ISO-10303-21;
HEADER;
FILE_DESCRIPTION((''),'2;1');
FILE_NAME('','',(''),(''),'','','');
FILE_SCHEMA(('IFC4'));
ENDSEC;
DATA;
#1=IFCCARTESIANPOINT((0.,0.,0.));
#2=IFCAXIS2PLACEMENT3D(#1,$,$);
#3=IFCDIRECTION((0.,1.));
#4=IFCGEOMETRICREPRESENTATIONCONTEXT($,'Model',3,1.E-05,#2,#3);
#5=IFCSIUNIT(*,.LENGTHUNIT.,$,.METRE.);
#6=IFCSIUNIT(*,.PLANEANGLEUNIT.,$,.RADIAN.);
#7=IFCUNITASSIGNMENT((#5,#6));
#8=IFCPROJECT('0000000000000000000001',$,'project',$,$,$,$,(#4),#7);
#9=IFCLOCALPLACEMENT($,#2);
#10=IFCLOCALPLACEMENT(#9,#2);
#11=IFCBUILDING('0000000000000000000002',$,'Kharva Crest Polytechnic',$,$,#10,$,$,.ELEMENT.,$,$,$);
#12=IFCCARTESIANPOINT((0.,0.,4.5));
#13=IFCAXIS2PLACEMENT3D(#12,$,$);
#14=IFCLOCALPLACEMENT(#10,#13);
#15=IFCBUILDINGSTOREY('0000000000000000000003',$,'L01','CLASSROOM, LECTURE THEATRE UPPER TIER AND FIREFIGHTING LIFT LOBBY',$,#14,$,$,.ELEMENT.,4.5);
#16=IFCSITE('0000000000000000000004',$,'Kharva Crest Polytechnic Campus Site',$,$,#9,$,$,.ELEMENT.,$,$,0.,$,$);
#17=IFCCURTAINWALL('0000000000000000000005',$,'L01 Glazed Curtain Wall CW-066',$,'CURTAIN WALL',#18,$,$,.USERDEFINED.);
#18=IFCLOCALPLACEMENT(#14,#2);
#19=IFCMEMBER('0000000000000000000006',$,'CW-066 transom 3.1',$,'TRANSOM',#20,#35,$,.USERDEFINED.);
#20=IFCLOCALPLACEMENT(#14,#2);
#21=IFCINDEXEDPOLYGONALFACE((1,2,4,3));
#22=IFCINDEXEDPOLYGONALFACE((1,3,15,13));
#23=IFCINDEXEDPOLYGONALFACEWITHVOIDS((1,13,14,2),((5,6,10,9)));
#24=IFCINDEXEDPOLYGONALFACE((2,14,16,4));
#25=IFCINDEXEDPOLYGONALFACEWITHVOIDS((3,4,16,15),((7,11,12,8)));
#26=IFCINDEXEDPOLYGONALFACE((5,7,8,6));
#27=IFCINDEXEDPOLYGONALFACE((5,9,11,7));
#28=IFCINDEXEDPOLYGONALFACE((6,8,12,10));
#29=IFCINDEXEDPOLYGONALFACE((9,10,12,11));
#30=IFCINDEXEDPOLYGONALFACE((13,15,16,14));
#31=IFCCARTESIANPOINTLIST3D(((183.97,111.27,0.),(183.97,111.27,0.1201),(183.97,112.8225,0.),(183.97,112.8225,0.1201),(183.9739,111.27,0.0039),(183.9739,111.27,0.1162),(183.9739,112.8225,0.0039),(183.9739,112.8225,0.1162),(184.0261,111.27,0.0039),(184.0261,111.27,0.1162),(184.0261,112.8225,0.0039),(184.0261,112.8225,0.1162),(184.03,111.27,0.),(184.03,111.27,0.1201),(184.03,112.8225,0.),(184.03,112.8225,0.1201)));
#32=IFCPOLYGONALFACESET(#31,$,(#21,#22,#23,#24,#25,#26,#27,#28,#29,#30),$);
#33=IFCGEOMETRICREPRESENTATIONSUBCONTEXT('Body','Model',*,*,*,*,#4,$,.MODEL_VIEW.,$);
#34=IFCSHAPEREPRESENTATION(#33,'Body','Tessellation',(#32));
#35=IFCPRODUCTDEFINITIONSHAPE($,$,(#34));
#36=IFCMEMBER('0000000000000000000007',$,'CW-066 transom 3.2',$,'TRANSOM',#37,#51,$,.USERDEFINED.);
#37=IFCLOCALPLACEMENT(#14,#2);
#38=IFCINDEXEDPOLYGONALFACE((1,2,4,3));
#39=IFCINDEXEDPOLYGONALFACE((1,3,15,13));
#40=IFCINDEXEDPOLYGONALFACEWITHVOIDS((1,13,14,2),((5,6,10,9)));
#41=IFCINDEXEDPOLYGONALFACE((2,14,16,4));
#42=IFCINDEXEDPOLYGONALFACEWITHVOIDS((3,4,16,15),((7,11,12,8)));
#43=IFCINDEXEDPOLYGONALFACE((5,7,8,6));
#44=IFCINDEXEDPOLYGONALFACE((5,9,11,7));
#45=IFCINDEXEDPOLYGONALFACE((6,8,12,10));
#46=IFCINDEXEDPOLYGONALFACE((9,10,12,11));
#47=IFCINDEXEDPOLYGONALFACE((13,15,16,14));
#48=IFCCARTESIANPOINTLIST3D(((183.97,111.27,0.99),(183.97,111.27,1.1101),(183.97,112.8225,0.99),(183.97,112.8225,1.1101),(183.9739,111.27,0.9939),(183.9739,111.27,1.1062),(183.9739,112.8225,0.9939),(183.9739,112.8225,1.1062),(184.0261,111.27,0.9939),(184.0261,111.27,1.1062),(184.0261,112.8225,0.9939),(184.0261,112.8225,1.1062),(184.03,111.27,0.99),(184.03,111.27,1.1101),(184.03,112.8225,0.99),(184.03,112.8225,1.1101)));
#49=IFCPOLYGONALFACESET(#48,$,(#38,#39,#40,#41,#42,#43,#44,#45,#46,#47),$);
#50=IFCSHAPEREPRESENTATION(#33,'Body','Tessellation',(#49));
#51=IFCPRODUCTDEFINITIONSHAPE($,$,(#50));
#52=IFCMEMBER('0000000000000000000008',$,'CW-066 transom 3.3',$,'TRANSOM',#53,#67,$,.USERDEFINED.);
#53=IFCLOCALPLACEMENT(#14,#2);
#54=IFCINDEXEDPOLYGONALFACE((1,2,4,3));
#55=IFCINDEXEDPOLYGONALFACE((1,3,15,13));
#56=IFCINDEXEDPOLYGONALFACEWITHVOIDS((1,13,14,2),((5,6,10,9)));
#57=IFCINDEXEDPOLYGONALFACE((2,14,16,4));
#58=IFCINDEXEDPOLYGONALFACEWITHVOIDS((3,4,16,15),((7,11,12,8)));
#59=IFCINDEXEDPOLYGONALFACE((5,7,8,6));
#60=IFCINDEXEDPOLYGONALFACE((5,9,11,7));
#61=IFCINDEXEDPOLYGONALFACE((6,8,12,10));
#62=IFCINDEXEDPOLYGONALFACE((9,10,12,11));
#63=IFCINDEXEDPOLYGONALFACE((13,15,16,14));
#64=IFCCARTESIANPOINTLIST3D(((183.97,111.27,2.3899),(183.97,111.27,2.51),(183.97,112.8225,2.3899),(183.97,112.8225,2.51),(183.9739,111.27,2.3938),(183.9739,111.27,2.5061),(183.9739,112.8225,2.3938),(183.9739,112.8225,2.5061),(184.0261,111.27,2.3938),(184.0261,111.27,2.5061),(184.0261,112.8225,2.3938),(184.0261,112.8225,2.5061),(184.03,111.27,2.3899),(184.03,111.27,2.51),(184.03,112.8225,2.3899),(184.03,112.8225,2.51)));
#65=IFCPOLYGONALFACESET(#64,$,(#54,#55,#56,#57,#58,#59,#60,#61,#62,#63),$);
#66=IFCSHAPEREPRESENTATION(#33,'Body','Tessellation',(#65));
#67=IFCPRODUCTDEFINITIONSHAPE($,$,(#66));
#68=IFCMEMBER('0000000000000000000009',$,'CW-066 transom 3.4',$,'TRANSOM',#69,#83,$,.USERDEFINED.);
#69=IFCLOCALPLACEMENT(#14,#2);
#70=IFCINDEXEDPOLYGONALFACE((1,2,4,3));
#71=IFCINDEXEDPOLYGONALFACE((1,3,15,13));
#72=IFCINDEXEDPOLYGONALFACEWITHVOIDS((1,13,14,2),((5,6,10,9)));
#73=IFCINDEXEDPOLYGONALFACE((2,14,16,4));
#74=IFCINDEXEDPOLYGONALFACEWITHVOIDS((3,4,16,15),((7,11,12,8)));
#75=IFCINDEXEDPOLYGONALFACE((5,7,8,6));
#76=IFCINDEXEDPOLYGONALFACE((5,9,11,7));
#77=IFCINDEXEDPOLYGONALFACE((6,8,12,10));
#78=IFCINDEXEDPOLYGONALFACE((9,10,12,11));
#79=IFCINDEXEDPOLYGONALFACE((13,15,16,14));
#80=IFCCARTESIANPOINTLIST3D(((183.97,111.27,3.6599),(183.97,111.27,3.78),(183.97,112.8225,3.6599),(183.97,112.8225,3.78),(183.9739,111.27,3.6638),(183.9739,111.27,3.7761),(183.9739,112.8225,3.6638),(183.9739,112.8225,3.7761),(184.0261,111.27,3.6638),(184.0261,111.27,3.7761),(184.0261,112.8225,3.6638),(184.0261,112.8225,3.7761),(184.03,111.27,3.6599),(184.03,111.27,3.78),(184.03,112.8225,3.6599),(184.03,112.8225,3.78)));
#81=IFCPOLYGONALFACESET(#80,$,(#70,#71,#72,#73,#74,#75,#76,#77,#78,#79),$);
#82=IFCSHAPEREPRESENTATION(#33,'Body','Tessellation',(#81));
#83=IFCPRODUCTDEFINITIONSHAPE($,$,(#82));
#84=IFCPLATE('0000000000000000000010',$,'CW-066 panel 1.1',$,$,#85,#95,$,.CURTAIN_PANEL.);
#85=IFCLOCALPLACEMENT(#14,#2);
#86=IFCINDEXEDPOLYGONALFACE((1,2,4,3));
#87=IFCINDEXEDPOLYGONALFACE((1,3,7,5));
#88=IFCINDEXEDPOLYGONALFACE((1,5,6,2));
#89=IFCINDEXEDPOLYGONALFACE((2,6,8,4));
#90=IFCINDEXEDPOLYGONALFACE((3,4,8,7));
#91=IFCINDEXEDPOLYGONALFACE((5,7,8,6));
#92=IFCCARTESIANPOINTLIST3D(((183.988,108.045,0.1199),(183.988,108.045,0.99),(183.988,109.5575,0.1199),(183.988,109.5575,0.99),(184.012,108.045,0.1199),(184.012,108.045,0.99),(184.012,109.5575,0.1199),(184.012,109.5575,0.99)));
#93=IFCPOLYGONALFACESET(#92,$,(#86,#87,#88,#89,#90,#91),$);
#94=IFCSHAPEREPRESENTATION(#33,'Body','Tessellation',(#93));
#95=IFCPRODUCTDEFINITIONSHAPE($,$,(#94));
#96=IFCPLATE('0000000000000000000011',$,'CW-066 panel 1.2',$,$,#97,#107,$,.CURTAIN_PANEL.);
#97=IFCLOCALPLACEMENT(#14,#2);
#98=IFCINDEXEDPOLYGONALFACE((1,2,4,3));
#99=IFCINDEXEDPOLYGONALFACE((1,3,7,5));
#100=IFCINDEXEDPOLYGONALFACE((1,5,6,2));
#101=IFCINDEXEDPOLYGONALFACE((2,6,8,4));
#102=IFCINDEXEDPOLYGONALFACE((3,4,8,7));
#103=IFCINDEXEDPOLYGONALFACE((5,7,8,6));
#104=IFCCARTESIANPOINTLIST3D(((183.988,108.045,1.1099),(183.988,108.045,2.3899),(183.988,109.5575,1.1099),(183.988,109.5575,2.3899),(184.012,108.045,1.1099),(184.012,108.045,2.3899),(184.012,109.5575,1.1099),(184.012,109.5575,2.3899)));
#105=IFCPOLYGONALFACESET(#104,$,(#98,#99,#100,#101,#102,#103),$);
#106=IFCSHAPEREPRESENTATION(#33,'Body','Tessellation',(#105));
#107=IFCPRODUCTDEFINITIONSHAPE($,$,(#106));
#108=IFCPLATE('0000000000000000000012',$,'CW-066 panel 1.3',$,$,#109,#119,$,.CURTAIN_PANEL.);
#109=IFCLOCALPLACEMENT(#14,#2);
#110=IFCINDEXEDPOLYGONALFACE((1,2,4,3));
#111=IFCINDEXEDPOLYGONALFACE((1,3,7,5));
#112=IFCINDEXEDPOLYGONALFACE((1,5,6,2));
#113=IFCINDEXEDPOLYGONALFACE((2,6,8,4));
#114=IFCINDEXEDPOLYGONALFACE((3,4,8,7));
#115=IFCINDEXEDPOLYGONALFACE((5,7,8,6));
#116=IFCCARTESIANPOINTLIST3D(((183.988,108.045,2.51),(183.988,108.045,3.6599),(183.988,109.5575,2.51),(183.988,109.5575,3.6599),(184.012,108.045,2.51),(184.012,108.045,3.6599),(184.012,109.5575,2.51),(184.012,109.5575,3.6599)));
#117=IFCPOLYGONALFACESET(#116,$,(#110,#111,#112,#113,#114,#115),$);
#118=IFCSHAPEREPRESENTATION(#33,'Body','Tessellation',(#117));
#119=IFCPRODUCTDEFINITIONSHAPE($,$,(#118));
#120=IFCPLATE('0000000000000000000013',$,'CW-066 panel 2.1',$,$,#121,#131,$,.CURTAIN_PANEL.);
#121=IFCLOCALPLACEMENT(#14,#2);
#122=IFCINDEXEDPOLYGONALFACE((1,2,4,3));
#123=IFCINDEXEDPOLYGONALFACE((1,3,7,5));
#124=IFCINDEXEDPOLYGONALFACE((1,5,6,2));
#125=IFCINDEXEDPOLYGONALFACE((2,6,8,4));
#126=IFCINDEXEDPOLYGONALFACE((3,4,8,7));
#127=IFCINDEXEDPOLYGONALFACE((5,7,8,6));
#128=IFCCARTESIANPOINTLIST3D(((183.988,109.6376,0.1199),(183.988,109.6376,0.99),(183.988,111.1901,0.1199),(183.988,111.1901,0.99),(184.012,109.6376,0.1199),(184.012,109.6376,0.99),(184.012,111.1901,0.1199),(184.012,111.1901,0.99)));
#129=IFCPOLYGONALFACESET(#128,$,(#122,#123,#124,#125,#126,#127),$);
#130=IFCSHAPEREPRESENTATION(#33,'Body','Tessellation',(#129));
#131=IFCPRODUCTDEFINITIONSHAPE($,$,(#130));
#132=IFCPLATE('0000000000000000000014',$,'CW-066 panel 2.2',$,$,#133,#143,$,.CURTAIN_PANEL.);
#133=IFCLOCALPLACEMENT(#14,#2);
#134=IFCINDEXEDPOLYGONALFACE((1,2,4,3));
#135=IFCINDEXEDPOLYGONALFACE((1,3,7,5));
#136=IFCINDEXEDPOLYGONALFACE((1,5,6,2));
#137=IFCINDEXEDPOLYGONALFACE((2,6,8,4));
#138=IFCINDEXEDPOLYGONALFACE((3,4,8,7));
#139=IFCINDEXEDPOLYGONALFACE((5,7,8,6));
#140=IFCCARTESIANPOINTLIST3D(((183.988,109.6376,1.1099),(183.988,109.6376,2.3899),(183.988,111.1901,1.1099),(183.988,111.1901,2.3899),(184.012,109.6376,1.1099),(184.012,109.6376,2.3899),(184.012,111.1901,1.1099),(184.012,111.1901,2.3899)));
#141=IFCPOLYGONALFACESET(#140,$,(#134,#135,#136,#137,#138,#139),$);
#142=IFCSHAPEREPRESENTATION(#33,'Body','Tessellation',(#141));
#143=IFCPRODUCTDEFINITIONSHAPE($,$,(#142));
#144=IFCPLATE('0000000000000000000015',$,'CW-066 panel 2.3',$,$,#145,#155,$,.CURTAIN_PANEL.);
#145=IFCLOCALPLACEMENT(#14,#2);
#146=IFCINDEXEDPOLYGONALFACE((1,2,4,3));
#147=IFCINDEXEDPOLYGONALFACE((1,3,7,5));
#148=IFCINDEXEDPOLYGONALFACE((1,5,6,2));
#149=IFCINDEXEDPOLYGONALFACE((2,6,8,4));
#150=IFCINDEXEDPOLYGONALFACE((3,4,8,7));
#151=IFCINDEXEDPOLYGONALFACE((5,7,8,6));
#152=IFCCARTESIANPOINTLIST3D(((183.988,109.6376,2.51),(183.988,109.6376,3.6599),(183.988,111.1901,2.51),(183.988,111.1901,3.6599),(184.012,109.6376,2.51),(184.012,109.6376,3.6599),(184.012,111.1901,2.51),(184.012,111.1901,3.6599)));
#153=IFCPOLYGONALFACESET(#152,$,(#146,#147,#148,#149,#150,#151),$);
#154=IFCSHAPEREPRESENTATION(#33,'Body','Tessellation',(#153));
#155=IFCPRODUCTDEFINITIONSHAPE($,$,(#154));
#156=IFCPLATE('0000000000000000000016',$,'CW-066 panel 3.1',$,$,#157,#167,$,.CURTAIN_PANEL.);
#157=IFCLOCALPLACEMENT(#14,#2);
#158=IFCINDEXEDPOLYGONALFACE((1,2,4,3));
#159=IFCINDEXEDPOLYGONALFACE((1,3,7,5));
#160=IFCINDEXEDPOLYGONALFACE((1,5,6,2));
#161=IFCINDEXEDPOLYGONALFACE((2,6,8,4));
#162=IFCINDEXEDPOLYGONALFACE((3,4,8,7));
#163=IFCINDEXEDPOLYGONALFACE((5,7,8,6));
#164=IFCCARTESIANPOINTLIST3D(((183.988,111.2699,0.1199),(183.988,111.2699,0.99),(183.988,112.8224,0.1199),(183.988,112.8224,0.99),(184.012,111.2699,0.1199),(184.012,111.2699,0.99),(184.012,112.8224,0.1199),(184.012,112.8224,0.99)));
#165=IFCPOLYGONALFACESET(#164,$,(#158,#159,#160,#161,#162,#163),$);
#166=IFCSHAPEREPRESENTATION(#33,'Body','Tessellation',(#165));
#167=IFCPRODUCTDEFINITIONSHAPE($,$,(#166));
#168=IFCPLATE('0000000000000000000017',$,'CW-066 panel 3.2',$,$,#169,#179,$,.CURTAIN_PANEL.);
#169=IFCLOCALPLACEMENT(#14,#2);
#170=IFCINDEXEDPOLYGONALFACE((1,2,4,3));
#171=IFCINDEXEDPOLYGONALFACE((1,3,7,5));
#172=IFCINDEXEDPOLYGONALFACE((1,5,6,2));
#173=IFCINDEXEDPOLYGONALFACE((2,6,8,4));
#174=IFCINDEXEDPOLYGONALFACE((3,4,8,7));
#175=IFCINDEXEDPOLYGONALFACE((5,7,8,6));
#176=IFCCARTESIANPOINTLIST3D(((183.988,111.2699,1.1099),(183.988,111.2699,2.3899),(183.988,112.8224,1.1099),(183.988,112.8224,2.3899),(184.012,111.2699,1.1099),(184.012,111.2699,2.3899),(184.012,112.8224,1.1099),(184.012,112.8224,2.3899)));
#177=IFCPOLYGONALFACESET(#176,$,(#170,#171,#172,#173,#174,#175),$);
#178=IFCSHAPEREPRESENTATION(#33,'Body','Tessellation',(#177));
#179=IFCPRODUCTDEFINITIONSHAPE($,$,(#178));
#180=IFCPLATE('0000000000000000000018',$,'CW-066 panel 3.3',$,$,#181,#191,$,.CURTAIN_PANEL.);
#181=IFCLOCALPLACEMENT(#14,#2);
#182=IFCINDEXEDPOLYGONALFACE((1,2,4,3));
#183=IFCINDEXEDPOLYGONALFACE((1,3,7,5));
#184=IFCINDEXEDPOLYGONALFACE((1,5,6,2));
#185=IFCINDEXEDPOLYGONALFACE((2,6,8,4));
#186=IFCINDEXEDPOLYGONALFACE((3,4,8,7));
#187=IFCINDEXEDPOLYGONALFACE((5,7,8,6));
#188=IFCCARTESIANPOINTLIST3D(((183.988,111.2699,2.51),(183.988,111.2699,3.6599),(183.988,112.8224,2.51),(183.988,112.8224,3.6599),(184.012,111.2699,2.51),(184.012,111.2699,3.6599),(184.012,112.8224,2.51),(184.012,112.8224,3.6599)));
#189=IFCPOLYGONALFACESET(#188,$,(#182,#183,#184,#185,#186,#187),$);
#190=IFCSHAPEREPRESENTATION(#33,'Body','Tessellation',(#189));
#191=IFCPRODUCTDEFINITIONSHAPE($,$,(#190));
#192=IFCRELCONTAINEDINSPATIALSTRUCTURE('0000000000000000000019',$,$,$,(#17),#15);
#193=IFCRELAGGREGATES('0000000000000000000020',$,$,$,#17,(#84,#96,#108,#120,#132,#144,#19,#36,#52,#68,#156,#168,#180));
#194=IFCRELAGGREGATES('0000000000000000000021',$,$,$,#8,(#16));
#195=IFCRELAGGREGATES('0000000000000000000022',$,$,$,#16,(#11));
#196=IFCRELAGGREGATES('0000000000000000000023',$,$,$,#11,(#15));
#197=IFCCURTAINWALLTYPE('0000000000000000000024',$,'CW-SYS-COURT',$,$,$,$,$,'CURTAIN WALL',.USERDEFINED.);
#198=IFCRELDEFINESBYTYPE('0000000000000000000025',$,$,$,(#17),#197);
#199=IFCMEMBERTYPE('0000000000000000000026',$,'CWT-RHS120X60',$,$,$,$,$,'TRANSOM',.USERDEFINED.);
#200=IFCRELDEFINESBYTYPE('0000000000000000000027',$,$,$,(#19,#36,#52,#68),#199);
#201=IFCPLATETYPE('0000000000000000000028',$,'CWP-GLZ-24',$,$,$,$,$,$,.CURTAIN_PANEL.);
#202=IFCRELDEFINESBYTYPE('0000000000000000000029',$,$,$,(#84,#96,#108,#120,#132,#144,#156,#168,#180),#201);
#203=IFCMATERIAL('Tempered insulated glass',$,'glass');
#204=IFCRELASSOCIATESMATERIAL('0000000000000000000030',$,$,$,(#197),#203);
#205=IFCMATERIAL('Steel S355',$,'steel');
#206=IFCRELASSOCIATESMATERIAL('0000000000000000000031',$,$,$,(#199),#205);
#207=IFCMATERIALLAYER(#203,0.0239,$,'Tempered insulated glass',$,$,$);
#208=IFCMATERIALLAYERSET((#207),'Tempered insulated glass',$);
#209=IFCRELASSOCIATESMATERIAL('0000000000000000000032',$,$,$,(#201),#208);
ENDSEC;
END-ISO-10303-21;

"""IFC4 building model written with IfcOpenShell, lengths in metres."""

from ifc_helpers import new_model, si_unit, direction, frame, origin, origin_2d, place, context, subcontext, project, spatial, rectangle, hollow_rectangle, extrude, material, layer, layer_set, material_profile, profile_set, type_object, element, aggregate, save


model = new_model("IFC4")

# Units and contexts
model_context = context("Model", 3, precision=1e-05, world=origin(), true_north=direction((0.0, 1.0)))
body_context = subcontext(model_context, "Body", "Model", "MODEL_VIEW")
ifc_project = project(units=[si_unit("LENGTHUNIT", "METRE"), si_unit("PLANEANGLEUNIT", "RADIAN")], contexts=[model_context])

# Site, building, storey
site_placement = place(None, origin())
site = spatial("IfcSite", under=ifc_project, at=site_placement, Name="Kharva Crest Polytechnic Campus Site", CompositionType="ELEMENT", RefElevation=0.0)
building_placement = place(site_placement, origin())
building = spatial("IfcBuilding", under=site, at=building_placement, Name="Kharva Crest Polytechnic", CompositionType="ELEMENT")
storey_placement = place(building_placement, frame((0.0, 0.0, 4.5)))
storey = spatial("IfcBuildingStorey", under=building, at=storey_placement, Name="L01", Description="CLASSROOM, LECTURE THEATRE UPPER TIER AND FIREFIGHTING LIFT LOBBY", CompositionType="ELEMENT", Elevation=4.5)

# Curtain wall, members, plates
ifc_material_1 = material(Name="Tempered insulated glass", Category="glass")
curtain_wall_type = type_object("IfcCurtainWallType", Name="CW-SYS-COURT", ElementType="CURTAIN WALL", PredefinedType="USERDEFINED", material=ifc_material_1)
curtain_wall_placement = place(storey_placement, origin())
curtain_wall = element("IfcCurtainWall", 1, at=curtain_wall_placement, inside=storey, type_object=curtain_wall_type, Name="L01 Glazed Curtain Wall CW-066", ObjectType="CURTAIN WALL", PredefinedType="USERDEFINED")
ifc_material_2 = material(Name="Steel S355", Category="steel")
ifc_material_profile_1 = material_profile(ifc_material_2, hollow_rectangle(XDim=0.0601, YDim=0.1201, WallThickness=0.0039, at=origin_2d()), Name="RHS 120X60X4.0")
ifc_profile_set_1 = profile_set([ifc_material_profile_1], Name="Steel S355")
member_type_1 = type_object("IfcMemberType", Name="CWT-RHS120X60", ElementType="TRANSOM", PredefinedType="USERDEFINED", material=ifc_profile_set_1)
member_1_placement = place(storey_placement, frame((184.0, 111.27, 0.0601), z_axis=(0.0, 1.0, 0.0), x_axis=(-1.0, 0.0, 0.0)))
member_1 = element("IfcMember", 2, at=member_1_placement, type_object=member_type_1, Name="CW-066 transom 3.1", ObjectType="TRANSOM", PredefinedType="USERDEFINED", context=body_context, shape_type="SweptSolid", body=[
    extrude(hollow_rectangle(XDim=0.0601, YDim=0.1201, WallThickness=0.0039, at=origin_2d()), origin(), (0.0, 0.0, 1.0), 1.5525),
])
member_2_placement = place(storey_placement, frame((184.0, 111.27, 1.05), z_axis=(0.0, 1.0, 0.0), x_axis=(-1.0, 0.0, 0.0)))
member_2 = element("IfcMember", 3, at=member_2_placement, type_object=member_type_1, Name="CW-066 transom 3.2", ObjectType="TRANSOM", PredefinedType="USERDEFINED", context=body_context, shape_type="SweptSolid", body=[
    extrude(hollow_rectangle(XDim=0.0601, YDim=0.1201, WallThickness=0.0039, at=origin_2d()), origin(), (0.0, 0.0, 1.0), 1.5525),
])
member_3_placement = place(storey_placement, frame((184.0, 111.27, 2.45), z_axis=(0.0, 1.0, 0.0), x_axis=(-1.0, 0.0, 0.0)))
member_3 = element("IfcMember", 4, at=member_3_placement, type_object=member_type_1, Name="CW-066 transom 3.3", ObjectType="TRANSOM", PredefinedType="USERDEFINED", context=body_context, shape_type="SweptSolid", body=[
    extrude(hollow_rectangle(XDim=0.0601, YDim=0.1201, WallThickness=0.0039, at=origin_2d()), origin(), (0.0, 0.0, 1.0), 1.5525),
])
member_4_placement = place(storey_placement, frame((184.0, 111.27, 3.72), z_axis=(0.0, 1.0, 0.0), x_axis=(-1.0, 0.0, 0.0)))
member_4 = element("IfcMember", 5, at=member_4_placement, type_object=member_type_1, Name="CW-066 transom 3.4", ObjectType="TRANSOM", PredefinedType="USERDEFINED", context=body_context, shape_type="SweptSolid", body=[
    extrude(hollow_rectangle(XDim=0.0601, YDim=0.1201, WallThickness=0.0039, at=origin_2d()), origin(), (0.0, 0.0, 1.0), 1.5525),
])
ifc_layer = layer(ifc_material_1, 0.0239, Name="Tempered insulated glass")
ifc_layer_set = layer_set([ifc_layer], Name="Tempered insulated glass")
plate_type = type_object("IfcPlateType", Name="CWP-GLZ-24", PredefinedType="CURTAIN_PANEL", material=ifc_layer_set)
plate_1_placement = place(storey_placement, frame((184.0, 108.8013, 0.1199), z_axis=(0.0, 0.0, 1.0), x_axis=(0.0, 1.0, 0.0)))
plate_1 = element("IfcPlate", 6, at=plate_1_placement, type_object=plate_type, Name="CW-066 panel 1.1", PredefinedType="CURTAIN_PANEL", context=body_context, shape_type="SweptSolid", body=[
    extrude(rectangle(XDim=1.5125, YDim=0.0239, at=origin_2d()), origin(), (0.0, 0.0, 1.0), 0.8701),
])
plate_2_placement = place(storey_placement, frame((184.0, 108.8013, 1.1099), z_axis=(0.0, 0.0, 1.0), x_axis=(0.0, 1.0, 0.0)))
plate_2 = element("IfcPlate", 7, at=plate_2_placement, type_object=plate_type, Name="CW-066 panel 1.2", PredefinedType="CURTAIN_PANEL", context=body_context, shape_type="SweptSolid", body=[
    extrude(rectangle(XDim=1.5125, YDim=0.0239, at=origin_2d()), origin(), (0.0, 0.0, 1.0), 1.28),
])
plate_3_placement = place(storey_placement, frame((184.0, 108.8013, 2.51), z_axis=(0.0, 0.0, 1.0), x_axis=(0.0, 1.0, 0.0)))
plate_3 = element("IfcPlate", 8, at=plate_3_placement, type_object=plate_type, Name="CW-066 panel 1.3", PredefinedType="CURTAIN_PANEL", context=body_context, shape_type="SweptSolid", body=[
    extrude(rectangle(XDim=1.5125, YDim=0.0239, at=origin_2d()), origin(), (0.0, 0.0, 1.0), 1.1499),
])
plate_4_placement = place(storey_placement, frame((184.0, 110.4138, 0.1199), z_axis=(0.0, 0.0, 1.0), x_axis=(0.0, 1.0, 0.0)))
plate_4 = element("IfcPlate", 9, at=plate_4_placement, type_object=plate_type, Name="CW-066 panel 2.1", PredefinedType="CURTAIN_PANEL", context=body_context, shape_type="SweptSolid", body=[
    extrude(rectangle(XDim=1.5525, YDim=0.0239, at=origin_2d()), origin(), (0.0, 0.0, 1.0), 0.8701),
])
plate_5_placement = place(storey_placement, frame((184.0, 110.4138, 1.1099), z_axis=(0.0, 0.0, 1.0), x_axis=(0.0, 1.0, 0.0)))
plate_5 = element("IfcPlate", 10, at=plate_5_placement, type_object=plate_type, Name="CW-066 panel 2.2", PredefinedType="CURTAIN_PANEL", context=body_context, shape_type="SweptSolid", body=[
    extrude(rectangle(XDim=1.5525, YDim=0.0239, at=origin_2d()), origin(), (0.0, 0.0, 1.0), 1.28),
])
plate_6_placement = place(storey_placement, frame((184.0, 110.4138, 2.51), z_axis=(0.0, 0.0, 1.0), x_axis=(0.0, 1.0, 0.0)))
plate_6 = element("IfcPlate", 11, at=plate_6_placement, type_object=plate_type, Name="CW-066 panel 2.3", PredefinedType="CURTAIN_PANEL", context=body_context, shape_type="SweptSolid", body=[
    extrude(rectangle(XDim=1.5525, YDim=0.0239, at=origin_2d()), origin(), (0.0, 0.0, 1.0), 1.1499),
])
plate_7_placement = place(storey_placement, frame((184.0, 112.0461, 0.1199), z_axis=(0.0, 0.0, 1.0), x_axis=(0.0, 1.0, 0.0)))
plate_7 = element("IfcPlate", 12, at=plate_7_placement, type_object=plate_type, Name="CW-066 panel 3.1", PredefinedType="CURTAIN_PANEL", context=body_context, shape_type="SweptSolid", body=[
    extrude(rectangle(XDim=1.5525, YDim=0.0239, at=origin_2d()), origin(), (0.0, 0.0, 1.0), 0.8701),
])
plate_8_placement = place(storey_placement, frame((184.0, 112.0461, 1.1099), z_axis=(0.0, 0.0, 1.0), x_axis=(0.0, 1.0, 0.0)))
plate_8 = element("IfcPlate", 13, at=plate_8_placement, type_object=plate_type, Name="CW-066 panel 3.2", PredefinedType="CURTAIN_PANEL", context=body_context, shape_type="SweptSolid", body=[
    extrude(rectangle(XDim=1.5525, YDim=0.0239, at=origin_2d()), origin(), (0.0, 0.0, 1.0), 1.28),
])
plate_9_placement = place(storey_placement, frame((184.0, 112.0461, 2.51), z_axis=(0.0, 0.0, 1.0), x_axis=(0.0, 1.0, 0.0)))
plate_9 = element("IfcPlate", 14, at=plate_9_placement, type_object=plate_type, Name="CW-066 panel 3.3", PredefinedType="CURTAIN_PANEL", context=body_context, shape_type="SweptSolid", body=[
    extrude(rectangle(XDim=1.5525, YDim=0.0239, at=origin_2d()), origin(), (0.0, 0.0, 1.0), 1.1499),
])
aggregate(curtain_wall, [plate_1, plate_2, plate_3, plate_4, plate_5, plate_6, member_1, member_2, member_3, member_4, plate_7, plate_8, plate_9])

save(model, "model.ifc")
